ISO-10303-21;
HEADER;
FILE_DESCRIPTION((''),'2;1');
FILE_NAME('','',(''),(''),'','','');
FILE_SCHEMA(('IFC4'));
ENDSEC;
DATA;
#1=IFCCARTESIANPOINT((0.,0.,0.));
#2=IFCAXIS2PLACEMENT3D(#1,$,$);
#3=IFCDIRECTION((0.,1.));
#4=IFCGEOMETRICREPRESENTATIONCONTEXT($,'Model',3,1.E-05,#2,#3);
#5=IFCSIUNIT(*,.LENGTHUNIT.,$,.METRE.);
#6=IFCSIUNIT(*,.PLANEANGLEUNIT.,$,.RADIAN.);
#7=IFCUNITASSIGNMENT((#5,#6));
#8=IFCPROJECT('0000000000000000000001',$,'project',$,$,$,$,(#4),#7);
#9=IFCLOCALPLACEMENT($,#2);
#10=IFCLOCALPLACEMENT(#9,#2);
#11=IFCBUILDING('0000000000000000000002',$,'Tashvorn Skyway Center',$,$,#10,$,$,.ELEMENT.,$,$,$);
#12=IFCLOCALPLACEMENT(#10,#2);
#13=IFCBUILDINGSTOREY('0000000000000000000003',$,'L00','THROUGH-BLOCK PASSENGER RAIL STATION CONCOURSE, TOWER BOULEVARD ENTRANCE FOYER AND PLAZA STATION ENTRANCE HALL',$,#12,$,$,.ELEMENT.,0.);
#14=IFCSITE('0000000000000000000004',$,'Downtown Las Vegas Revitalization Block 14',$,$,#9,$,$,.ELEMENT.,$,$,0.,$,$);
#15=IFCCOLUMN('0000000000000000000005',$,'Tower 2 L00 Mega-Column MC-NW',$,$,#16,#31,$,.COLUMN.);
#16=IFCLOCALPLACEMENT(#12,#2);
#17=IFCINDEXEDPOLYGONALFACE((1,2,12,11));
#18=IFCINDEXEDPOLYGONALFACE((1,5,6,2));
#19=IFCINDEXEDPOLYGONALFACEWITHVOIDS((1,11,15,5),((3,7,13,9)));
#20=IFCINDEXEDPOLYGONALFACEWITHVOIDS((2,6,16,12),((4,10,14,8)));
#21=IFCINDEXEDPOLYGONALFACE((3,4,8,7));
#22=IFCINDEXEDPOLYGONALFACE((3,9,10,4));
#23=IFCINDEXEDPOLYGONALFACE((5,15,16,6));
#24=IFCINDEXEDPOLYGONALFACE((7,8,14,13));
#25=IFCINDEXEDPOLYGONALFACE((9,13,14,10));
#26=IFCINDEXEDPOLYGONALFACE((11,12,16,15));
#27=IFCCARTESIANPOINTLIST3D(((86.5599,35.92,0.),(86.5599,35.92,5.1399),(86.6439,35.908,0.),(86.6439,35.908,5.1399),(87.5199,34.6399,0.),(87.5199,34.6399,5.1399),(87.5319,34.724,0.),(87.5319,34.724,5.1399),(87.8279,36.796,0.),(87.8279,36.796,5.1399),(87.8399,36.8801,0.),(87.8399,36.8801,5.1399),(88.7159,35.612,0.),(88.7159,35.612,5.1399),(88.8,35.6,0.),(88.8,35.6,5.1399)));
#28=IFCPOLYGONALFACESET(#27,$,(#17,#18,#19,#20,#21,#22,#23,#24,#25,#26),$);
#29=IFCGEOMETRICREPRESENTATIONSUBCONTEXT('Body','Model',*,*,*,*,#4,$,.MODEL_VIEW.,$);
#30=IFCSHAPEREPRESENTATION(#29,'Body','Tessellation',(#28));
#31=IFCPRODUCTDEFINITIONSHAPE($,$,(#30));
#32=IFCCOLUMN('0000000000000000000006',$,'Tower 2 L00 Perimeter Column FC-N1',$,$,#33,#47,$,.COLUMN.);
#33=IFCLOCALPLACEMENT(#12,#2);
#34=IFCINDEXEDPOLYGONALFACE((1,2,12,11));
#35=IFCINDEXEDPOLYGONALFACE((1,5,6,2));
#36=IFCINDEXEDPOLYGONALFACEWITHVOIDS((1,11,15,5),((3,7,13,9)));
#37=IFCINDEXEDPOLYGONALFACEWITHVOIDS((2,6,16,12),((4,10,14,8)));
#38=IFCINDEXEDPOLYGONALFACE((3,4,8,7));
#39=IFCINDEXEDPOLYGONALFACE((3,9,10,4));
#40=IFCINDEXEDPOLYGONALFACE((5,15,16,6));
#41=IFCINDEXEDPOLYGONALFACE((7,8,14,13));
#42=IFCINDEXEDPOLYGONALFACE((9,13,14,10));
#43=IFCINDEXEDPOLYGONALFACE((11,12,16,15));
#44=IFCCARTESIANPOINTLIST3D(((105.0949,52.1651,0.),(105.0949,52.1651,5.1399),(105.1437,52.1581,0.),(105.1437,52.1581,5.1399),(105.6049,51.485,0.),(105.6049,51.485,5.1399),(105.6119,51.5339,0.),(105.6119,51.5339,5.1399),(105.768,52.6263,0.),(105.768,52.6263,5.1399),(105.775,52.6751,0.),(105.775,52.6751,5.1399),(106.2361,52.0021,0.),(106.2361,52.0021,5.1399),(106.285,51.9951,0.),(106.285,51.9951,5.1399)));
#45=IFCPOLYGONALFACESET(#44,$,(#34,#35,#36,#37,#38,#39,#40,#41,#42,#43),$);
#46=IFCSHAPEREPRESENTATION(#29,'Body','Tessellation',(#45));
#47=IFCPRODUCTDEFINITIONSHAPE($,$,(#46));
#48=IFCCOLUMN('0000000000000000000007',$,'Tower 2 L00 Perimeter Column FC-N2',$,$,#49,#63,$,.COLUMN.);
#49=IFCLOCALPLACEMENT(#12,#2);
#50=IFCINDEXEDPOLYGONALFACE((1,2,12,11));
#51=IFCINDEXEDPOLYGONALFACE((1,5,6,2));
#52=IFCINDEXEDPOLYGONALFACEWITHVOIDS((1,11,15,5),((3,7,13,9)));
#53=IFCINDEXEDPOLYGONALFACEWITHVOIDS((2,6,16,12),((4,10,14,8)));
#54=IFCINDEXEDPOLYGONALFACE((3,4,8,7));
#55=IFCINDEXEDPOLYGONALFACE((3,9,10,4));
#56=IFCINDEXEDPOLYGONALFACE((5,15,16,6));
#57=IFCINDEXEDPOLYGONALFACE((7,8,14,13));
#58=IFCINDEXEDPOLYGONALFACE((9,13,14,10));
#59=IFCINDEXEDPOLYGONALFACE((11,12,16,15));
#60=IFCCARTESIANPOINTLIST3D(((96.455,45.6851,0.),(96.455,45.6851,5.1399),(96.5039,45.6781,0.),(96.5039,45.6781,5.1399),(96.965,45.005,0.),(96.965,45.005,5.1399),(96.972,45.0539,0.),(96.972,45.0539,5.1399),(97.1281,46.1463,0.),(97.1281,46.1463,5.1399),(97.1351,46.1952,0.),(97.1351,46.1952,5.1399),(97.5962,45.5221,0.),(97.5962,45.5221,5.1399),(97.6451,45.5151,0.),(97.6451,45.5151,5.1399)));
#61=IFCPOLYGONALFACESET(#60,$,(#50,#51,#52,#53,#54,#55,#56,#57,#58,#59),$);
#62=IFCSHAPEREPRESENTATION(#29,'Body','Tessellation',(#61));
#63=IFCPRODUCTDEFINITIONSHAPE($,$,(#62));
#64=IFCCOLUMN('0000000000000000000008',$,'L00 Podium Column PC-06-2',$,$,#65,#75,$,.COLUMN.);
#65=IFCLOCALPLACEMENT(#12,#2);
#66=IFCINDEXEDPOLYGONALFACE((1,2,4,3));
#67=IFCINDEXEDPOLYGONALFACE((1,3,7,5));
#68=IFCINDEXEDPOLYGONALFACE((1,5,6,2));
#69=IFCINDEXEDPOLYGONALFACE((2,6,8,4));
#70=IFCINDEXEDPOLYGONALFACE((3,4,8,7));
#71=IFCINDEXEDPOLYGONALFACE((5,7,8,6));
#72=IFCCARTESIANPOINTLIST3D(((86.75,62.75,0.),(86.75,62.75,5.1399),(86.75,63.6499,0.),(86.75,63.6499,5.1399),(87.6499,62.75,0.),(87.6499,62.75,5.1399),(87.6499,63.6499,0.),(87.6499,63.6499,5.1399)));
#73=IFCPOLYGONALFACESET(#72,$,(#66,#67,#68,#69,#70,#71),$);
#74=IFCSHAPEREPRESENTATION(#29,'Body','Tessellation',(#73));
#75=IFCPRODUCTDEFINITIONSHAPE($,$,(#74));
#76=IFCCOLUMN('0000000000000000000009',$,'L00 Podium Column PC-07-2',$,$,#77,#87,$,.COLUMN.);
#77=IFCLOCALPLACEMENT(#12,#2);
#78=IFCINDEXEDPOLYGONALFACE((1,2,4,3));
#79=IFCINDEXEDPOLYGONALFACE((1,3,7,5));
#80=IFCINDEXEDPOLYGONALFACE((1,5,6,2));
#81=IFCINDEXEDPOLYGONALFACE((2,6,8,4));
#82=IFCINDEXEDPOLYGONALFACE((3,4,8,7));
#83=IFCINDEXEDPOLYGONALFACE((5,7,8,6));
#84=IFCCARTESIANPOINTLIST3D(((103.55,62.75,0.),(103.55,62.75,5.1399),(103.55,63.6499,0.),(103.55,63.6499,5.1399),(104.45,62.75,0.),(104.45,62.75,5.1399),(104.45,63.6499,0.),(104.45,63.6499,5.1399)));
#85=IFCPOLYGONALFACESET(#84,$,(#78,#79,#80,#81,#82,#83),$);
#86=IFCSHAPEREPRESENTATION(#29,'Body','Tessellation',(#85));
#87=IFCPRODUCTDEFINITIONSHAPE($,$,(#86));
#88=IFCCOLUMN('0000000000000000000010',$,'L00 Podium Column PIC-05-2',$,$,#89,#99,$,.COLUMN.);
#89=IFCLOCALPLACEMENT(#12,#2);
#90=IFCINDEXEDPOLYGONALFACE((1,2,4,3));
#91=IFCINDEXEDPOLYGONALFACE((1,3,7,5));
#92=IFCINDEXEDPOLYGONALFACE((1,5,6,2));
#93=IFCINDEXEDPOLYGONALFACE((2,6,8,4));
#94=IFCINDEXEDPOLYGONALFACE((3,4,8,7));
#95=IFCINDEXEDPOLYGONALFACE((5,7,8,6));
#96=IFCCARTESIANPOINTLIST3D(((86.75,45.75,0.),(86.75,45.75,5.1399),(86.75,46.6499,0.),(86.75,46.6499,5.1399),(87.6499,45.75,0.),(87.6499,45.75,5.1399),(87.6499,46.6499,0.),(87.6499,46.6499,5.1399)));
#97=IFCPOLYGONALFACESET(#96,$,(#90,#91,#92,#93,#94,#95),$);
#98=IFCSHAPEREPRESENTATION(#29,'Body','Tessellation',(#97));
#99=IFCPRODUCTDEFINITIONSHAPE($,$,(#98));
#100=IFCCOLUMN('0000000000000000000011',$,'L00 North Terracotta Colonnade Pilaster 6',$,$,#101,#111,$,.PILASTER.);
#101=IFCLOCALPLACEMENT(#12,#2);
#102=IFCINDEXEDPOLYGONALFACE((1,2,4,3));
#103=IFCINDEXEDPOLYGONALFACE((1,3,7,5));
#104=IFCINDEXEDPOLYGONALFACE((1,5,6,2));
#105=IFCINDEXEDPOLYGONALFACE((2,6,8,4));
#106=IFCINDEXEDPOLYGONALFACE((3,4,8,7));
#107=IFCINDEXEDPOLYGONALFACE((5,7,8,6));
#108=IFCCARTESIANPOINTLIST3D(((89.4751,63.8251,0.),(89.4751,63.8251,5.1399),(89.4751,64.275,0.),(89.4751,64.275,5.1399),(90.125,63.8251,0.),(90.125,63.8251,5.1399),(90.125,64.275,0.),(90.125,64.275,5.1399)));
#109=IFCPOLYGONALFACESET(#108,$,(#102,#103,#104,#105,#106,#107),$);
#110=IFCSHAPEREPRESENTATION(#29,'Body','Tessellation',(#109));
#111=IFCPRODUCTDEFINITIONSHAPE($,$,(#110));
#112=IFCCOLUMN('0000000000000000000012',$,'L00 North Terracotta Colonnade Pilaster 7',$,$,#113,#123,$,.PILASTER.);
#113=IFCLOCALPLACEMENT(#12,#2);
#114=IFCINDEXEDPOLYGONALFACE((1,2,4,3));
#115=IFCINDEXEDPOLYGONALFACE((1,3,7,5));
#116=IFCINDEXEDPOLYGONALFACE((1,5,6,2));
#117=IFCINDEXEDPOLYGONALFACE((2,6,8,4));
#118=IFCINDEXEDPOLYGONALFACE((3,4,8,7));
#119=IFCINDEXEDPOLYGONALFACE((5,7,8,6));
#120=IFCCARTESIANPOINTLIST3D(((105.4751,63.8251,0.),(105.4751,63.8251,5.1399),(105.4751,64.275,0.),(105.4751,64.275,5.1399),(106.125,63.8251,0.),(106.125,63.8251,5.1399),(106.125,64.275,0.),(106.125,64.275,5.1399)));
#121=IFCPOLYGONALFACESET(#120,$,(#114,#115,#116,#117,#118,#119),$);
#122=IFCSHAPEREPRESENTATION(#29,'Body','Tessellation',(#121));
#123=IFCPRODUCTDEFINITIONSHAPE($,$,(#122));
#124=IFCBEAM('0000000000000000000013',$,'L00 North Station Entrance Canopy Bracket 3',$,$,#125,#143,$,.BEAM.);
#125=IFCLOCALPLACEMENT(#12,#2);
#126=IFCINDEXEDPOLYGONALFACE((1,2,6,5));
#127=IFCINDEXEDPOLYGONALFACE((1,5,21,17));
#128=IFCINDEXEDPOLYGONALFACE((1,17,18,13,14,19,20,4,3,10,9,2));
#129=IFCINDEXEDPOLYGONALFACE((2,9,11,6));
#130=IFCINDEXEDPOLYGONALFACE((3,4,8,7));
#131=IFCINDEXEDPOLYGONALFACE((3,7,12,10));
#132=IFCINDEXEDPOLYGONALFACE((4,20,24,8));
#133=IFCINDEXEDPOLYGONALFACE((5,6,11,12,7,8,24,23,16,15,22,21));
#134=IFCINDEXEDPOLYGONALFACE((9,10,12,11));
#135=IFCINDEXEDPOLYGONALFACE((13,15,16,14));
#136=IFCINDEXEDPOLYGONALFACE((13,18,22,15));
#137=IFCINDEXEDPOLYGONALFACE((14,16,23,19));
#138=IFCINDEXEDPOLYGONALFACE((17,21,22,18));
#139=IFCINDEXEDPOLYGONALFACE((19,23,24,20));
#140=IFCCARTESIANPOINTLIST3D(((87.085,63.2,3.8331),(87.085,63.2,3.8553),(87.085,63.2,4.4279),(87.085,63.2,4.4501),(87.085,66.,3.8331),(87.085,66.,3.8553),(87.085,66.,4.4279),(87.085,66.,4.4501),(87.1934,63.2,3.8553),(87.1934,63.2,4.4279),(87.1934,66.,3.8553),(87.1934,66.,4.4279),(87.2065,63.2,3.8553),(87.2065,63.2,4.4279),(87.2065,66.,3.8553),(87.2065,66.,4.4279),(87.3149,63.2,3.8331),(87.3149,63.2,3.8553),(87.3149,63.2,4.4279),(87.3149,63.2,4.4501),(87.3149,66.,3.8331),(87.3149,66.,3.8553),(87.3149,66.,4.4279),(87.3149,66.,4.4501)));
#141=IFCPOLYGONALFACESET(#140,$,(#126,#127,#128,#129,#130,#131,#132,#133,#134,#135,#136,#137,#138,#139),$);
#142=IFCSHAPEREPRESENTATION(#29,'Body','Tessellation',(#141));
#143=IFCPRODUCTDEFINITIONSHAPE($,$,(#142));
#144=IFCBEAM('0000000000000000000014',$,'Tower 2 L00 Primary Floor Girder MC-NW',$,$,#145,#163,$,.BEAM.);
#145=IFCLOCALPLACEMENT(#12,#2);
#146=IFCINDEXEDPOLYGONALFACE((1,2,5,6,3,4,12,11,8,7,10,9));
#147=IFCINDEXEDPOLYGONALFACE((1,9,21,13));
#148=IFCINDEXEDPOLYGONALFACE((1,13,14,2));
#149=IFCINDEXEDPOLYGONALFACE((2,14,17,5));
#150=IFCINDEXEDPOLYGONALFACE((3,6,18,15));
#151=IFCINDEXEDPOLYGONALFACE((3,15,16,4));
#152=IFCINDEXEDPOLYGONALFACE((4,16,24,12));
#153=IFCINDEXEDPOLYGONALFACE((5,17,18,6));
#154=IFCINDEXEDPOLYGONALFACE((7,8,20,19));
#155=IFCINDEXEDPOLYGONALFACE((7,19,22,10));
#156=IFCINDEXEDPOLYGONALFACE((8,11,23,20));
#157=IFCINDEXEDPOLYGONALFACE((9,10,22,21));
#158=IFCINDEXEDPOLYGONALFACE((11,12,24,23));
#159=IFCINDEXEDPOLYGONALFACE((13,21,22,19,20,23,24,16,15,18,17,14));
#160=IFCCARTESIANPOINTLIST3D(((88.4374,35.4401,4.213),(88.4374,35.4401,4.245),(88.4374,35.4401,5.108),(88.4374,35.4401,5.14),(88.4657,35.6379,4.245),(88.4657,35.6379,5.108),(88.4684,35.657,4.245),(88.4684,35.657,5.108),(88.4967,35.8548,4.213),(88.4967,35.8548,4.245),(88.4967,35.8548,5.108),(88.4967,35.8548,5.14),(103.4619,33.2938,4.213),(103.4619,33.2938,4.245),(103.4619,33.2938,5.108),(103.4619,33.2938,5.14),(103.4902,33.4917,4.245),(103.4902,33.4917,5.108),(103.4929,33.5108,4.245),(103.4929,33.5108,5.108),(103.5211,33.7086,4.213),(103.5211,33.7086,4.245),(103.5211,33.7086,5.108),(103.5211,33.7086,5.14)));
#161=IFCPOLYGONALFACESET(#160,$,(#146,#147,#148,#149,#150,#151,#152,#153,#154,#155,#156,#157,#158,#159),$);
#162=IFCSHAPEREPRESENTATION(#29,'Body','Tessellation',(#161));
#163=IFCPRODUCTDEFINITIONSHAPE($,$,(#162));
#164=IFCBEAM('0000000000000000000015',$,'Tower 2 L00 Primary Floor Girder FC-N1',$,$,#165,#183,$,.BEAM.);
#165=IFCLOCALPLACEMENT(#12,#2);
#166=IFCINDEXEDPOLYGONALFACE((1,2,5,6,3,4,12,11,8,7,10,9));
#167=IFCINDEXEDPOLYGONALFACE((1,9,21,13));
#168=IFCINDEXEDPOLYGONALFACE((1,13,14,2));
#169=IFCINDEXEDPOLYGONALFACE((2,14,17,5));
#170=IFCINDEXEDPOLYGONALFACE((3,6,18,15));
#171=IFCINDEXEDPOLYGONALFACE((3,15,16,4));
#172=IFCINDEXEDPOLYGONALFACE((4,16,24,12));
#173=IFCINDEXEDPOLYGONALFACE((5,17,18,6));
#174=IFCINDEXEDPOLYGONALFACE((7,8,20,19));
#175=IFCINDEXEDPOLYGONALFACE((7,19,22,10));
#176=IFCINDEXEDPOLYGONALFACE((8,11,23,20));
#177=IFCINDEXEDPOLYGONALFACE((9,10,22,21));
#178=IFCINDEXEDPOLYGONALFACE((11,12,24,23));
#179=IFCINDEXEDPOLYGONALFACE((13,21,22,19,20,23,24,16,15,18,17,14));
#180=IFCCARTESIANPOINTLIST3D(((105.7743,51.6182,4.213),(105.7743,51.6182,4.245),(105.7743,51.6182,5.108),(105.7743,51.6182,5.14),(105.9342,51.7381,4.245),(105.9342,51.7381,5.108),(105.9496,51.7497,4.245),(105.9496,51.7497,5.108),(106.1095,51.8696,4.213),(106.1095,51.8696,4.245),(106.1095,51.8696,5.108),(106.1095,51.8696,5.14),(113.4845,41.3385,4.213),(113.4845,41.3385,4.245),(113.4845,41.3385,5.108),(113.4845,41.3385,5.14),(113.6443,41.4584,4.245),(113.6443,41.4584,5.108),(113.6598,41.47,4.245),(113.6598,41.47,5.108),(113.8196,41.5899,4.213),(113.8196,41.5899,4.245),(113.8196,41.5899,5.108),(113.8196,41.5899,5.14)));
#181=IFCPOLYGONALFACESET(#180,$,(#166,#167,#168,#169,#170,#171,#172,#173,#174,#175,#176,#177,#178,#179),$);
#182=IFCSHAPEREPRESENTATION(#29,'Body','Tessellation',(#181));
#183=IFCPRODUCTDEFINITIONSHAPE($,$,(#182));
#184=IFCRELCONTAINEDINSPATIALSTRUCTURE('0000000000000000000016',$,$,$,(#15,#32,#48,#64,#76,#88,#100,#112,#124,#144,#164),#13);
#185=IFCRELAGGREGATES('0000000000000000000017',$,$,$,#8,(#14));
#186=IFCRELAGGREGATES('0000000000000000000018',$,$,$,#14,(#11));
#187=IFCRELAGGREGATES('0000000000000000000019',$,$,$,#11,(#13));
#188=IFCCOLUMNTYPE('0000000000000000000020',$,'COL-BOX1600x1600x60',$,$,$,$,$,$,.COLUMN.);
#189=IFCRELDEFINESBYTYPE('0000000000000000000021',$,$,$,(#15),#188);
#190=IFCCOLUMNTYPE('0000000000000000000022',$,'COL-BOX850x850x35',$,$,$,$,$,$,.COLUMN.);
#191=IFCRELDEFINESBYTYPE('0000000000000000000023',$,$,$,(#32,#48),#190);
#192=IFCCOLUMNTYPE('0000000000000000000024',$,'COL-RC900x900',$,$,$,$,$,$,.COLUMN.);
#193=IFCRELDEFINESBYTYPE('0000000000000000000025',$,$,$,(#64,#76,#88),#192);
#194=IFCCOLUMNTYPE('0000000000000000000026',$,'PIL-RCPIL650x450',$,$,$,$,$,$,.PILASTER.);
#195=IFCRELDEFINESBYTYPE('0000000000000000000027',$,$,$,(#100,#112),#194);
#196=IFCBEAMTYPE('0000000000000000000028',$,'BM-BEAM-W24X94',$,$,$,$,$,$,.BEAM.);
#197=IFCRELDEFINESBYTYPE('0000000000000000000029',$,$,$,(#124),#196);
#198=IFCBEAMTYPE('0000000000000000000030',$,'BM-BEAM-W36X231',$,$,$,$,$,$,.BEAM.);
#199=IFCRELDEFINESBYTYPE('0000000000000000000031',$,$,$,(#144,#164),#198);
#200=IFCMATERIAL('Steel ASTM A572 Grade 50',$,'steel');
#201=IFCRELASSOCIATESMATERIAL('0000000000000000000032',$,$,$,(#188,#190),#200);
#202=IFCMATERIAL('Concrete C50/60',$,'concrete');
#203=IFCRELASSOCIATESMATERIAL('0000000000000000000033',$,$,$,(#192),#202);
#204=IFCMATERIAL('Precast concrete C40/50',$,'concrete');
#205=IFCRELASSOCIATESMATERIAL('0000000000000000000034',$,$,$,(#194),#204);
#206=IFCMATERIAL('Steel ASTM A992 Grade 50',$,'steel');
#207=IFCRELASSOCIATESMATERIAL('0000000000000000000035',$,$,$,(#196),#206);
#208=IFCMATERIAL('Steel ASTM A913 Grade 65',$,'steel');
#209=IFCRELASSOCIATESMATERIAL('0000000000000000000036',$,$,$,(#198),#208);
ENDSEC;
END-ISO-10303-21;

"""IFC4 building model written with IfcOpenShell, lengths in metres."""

from ifc_helpers import new_model, si_unit, direction, frame, origin, origin_2d, place, context, subcontext, project, spatial, rectangle, hollow_rectangle, i_section, extrude, material, material_profile, profile_set, type_object, element, save


model = new_model("IFC4")

# Units and contexts
model_context = context("Model", 3, precision=1e-05, world=origin(), true_north=direction((0.0, 1.0)))
body_context = subcontext(model_context, "Body", "Model", "MODEL_VIEW")
ifc_project = project(units=[si_unit("LENGTHUNIT", "METRE"), si_unit("PLANEANGLEUNIT", "RADIAN")], contexts=[model_context])

# Site, building, storey
site_placement = place(None, origin())
site = spatial("IfcSite", under=ifc_project, at=site_placement, Name="Downtown Las Vegas Revitalization Block 14", CompositionType="ELEMENT", RefElevation=0.0)
building_placement = place(site_placement, origin())
building = spatial("IfcBuilding", under=site, at=building_placement, Name="Tashvorn Skyway Center", CompositionType="ELEMENT")
storey_placement = place(building_placement, origin())
storey = spatial("IfcBuildingStorey", under=building, at=storey_placement, Name="L00", Description="THROUGH-BLOCK PASSENGER RAIL STATION CONCOURSE, TOWER BOULEVARD ENTRANCE FOYER AND PLAZA STATION ENTRANCE HALL", CompositionType="ELEMENT", Elevation=0.0)

# Columns
ifc_material_1 = material(Name="Steel ASTM A572 Grade 50", Category="steel")
ifc_material_profile_1 = material_profile(ifc_material_1, hollow_rectangle(XDim=1.6001, YDim=1.6001, WallThickness=0.0601, at=origin_2d()), Name="BOX1600x1600x60")
ifc_profile_set_1 = profile_set([ifc_material_profile_1], Name="Steel ASTM A572 Grade 50")
column_type_1 = type_object("IfcColumnType", Name="COL-BOX1600x1600x60", PredefinedType="COLUMN", material=ifc_profile_set_1)
column_placement = place(storey_placement, frame((87.6799, 35.76, 0.0), z_axis=(0.0, 0.0, 1.0), x_axis=(0.8, 0.6, 0.0)))
element("IfcColumn", 1, at=column_placement, inside=storey, type_object=column_type_1, Name="Tower 2 L00 Mega-Column MC-NW", PredefinedType="COLUMN", context=body_context, shape_type="SweptSolid", body=[
    extrude(hollow_rectangle(XDim=1.6001, YDim=1.6001, WallThickness=0.0601, at=origin_2d()), origin(), (0.0, 0.0, 1.0), 5.1399),
])
ifc_material_profile_2 = material_profile(ifc_material_1, hollow_rectangle(XDim=0.8501, YDim=0.8501, WallThickness=0.0349, at=origin_2d()), Name="BOX850x850x35")
ifc_profile_set_2 = profile_set([ifc_material_profile_2], Name="Steel ASTM A572 Grade 50")
column_type_2 = type_object("IfcColumnType", Name="COL-BOX850x850x35", PredefinedType="COLUMN", material=ifc_profile_set_2)
for number, where, z_axis, x_axis, name in (
    (2, (105.6899, 52.0801, 0.0), (0.0, 0.0, 1.0), (0.8, 0.6, 0.0), "Tower 2 L00 Perimeter Column FC-N1"),
    (3, (97.05, 45.6001, 0.0), (0.0, 0.0, 1.0), (0.8, 0.6, 0.0), "Tower 2 L00 Perimeter Column FC-N2"),
):
    element("IfcColumn", number, at=place(storey_placement, frame(where, z_axis=z_axis, x_axis=x_axis)), inside=storey, type_object=column_type_2, Name=name, PredefinedType="COLUMN", context=body_context, shape_type="SweptSolid", body=[
        extrude(hollow_rectangle(XDim=0.8501, YDim=0.8501, WallThickness=0.0349, at=origin_2d()), origin(), (0.0, 0.0, 1.0), 5.1399),
    ])
ifc_material_2 = material(Name="Concrete C50/60", Category="concrete")
ifc_material_profile_3 = material_profile(ifc_material_2, rectangle(XDim=0.8999, YDim=0.8999, at=origin_2d()), Name="RC900x900")
ifc_profile_set_3 = profile_set([ifc_material_profile_3], Name="Concrete C50/60")
column_type_3 = type_object("IfcColumnType", Name="COL-RC900x900", PredefinedType="COLUMN", material=ifc_profile_set_3)
for number, where, z_axis, x_axis, name in (
    (4, (87.2, 63.2, 0.0), (0.0, 0.0, 1.0), (1.0, 0.0, 0.0), "L00 Podium Column PC-06-2"),
    (5, (104.0, 63.2, 0.0), (0.0, 0.0, 1.0), (1.0, 0.0, 0.0), "L00 Podium Column PC-07-2"),
    (6, (87.2, 46.2, 0.0), (0.0, 0.0, 1.0), (1.0, 0.0, 0.0), "L00 Podium Column PIC-05-2"),
):
    element("IfcColumn", number, at=place(storey_placement, frame(where, z_axis=z_axis, x_axis=x_axis)), inside=storey, type_object=column_type_3, Name=name, PredefinedType="COLUMN", context=body_context, shape_type="SweptSolid", body=[
        extrude(rectangle(XDim=0.8999, YDim=0.8999, at=origin_2d()), origin(), (0.0, 0.0, 1.0), 5.1399),
    ])
ifc_material_3 = material(Name="Precast concrete C40/50", Category="concrete")
ifc_material_profile_4 = material_profile(ifc_material_3, rectangle(XDim=0.6499, YDim=0.45, at=origin_2d()), Name="RCPIL650x450")
ifc_profile_set_4 = profile_set([ifc_material_profile_4], Name="Precast concrete C40/50")
column_type_4 = type_object("IfcColumnType", Name="PIL-RCPIL650x450", PredefinedType="PILASTER", material=ifc_profile_set_4)
for number, where, z_axis, x_axis, name in (
    (7, (89.8, 64.05, 0.0), (0.0, 0.0, 1.0), (1.0, 0.0, 0.0), "L00 North Terracotta Colonnade Pilaster 6"),
    (8, (105.8, 64.05, 0.0), (0.0, 0.0, 1.0), (1.0, 0.0, 0.0), "L00 North Terracotta Colonnade Pilaster 7"),
):
    element("IfcColumn", number, at=place(storey_placement, frame(where, z_axis=z_axis, x_axis=x_axis)), inside=storey, type_object=column_type_4, Name=name, PredefinedType="PILASTER", context=body_context, shape_type="SweptSolid", body=[
        extrude(rectangle(XDim=0.6499, YDim=0.45, at=origin_2d()), origin(), (0.0, 0.0, 1.0), 5.1399),
    ])

# Beams
ifc_material_4 = material(Name="Steel ASTM A992 Grade 50", Category="steel")
ifc_material_profile_5 = material_profile(ifc_material_4, i_section(OverallWidth=0.23, OverallDepth=0.6169, WebThickness=0.0132, FlangeThickness=0.0222, at=origin_2d()), Name="W24X94")
ifc_profile_set_5 = profile_set([ifc_material_profile_5], Name="Steel ASTM A992 Grade 50")
beam_type_1 = type_object("IfcBeamType", Name="BM-BEAM-W24X94", PredefinedType="BEAM", material=ifc_profile_set_5)
beam_1_placement = place(storey_placement, frame((87.2, 63.2, 4.1416), z_axis=(0.0, 1.0, 0.0), x_axis=(-1.0, 0.0, 0.0)))
element("IfcBeam", 9, at=beam_1_placement, inside=storey, type_object=beam_type_1, Name="L00 North Station Entrance Canopy Bracket 3", PredefinedType="BEAM", context=body_context, shape_type="SweptSolid", body=[
    extrude(i_section(OverallWidth=0.23, OverallDepth=0.6169, WebThickness=0.0132, FlangeThickness=0.0222, at=origin_2d()), origin(), (0.0, 0.0, 1.0), 2.8),
])
ifc_material_5 = material(Name="Steel ASTM A913 Grade 65", Category="steel")
ifc_material_profile_6 = material_profile(ifc_material_5, i_section(OverallWidth=0.4189, OverallDepth=0.927, WebThickness=0.0193, FlangeThickness=0.032, at=origin_2d()), Name="W36X231")
ifc_profile_set_6 = profile_set([ifc_material_profile_6], Name="Steel ASTM A913 Grade 65")
beam_type_2 = type_object("IfcBeamType", Name="BM-BEAM-W36X231", PredefinedType="BEAM", material=ifc_profile_set_6)
beam_2_placement = place(storey_placement, frame((88.467, 35.6475, 4.6765), z_axis=(0.98995, -0.141415, 0.0), x_axis=(0.141415, 0.98995, 0.0)))
element("IfcBeam", 10, at=beam_2_placement, inside=storey, type_object=beam_type_2, Name="Tower 2 L00 Primary Floor Girder MC-NW", PredefinedType="BEAM", context=body_context, shape_type="SweptSolid", body=[
    extrude(i_section(OverallWidth=0.4189, OverallDepth=0.927, WebThickness=0.0193, FlangeThickness=0.032, at=origin_2d()), origin(), (0.0, 0.0, 1.0), 15.177),
])
beam_3_placement = place(storey_placement, frame((105.9419, 51.7439, 4.6765), z_axis=(0.600018, -0.799986, 0.0), x_axis=(0.799986, 0.600018, 0.0)))
element("IfcBeam", 11, at=beam_3_placement, inside=storey, type_object=beam_type_2, Name="Tower 2 L00 Primary Floor Girder FC-N1", PredefinedType="BEAM", context=body_context, shape_type="SweptSolid", body=[
    extrude(i_section(OverallWidth=0.4189, OverallDepth=0.927, WebThickness=0.0193, FlangeThickness=0.032, at=origin_2d()), origin(), (0.0, 0.0, 1.0), 12.8499),
])

save(model, "model.ifc")
